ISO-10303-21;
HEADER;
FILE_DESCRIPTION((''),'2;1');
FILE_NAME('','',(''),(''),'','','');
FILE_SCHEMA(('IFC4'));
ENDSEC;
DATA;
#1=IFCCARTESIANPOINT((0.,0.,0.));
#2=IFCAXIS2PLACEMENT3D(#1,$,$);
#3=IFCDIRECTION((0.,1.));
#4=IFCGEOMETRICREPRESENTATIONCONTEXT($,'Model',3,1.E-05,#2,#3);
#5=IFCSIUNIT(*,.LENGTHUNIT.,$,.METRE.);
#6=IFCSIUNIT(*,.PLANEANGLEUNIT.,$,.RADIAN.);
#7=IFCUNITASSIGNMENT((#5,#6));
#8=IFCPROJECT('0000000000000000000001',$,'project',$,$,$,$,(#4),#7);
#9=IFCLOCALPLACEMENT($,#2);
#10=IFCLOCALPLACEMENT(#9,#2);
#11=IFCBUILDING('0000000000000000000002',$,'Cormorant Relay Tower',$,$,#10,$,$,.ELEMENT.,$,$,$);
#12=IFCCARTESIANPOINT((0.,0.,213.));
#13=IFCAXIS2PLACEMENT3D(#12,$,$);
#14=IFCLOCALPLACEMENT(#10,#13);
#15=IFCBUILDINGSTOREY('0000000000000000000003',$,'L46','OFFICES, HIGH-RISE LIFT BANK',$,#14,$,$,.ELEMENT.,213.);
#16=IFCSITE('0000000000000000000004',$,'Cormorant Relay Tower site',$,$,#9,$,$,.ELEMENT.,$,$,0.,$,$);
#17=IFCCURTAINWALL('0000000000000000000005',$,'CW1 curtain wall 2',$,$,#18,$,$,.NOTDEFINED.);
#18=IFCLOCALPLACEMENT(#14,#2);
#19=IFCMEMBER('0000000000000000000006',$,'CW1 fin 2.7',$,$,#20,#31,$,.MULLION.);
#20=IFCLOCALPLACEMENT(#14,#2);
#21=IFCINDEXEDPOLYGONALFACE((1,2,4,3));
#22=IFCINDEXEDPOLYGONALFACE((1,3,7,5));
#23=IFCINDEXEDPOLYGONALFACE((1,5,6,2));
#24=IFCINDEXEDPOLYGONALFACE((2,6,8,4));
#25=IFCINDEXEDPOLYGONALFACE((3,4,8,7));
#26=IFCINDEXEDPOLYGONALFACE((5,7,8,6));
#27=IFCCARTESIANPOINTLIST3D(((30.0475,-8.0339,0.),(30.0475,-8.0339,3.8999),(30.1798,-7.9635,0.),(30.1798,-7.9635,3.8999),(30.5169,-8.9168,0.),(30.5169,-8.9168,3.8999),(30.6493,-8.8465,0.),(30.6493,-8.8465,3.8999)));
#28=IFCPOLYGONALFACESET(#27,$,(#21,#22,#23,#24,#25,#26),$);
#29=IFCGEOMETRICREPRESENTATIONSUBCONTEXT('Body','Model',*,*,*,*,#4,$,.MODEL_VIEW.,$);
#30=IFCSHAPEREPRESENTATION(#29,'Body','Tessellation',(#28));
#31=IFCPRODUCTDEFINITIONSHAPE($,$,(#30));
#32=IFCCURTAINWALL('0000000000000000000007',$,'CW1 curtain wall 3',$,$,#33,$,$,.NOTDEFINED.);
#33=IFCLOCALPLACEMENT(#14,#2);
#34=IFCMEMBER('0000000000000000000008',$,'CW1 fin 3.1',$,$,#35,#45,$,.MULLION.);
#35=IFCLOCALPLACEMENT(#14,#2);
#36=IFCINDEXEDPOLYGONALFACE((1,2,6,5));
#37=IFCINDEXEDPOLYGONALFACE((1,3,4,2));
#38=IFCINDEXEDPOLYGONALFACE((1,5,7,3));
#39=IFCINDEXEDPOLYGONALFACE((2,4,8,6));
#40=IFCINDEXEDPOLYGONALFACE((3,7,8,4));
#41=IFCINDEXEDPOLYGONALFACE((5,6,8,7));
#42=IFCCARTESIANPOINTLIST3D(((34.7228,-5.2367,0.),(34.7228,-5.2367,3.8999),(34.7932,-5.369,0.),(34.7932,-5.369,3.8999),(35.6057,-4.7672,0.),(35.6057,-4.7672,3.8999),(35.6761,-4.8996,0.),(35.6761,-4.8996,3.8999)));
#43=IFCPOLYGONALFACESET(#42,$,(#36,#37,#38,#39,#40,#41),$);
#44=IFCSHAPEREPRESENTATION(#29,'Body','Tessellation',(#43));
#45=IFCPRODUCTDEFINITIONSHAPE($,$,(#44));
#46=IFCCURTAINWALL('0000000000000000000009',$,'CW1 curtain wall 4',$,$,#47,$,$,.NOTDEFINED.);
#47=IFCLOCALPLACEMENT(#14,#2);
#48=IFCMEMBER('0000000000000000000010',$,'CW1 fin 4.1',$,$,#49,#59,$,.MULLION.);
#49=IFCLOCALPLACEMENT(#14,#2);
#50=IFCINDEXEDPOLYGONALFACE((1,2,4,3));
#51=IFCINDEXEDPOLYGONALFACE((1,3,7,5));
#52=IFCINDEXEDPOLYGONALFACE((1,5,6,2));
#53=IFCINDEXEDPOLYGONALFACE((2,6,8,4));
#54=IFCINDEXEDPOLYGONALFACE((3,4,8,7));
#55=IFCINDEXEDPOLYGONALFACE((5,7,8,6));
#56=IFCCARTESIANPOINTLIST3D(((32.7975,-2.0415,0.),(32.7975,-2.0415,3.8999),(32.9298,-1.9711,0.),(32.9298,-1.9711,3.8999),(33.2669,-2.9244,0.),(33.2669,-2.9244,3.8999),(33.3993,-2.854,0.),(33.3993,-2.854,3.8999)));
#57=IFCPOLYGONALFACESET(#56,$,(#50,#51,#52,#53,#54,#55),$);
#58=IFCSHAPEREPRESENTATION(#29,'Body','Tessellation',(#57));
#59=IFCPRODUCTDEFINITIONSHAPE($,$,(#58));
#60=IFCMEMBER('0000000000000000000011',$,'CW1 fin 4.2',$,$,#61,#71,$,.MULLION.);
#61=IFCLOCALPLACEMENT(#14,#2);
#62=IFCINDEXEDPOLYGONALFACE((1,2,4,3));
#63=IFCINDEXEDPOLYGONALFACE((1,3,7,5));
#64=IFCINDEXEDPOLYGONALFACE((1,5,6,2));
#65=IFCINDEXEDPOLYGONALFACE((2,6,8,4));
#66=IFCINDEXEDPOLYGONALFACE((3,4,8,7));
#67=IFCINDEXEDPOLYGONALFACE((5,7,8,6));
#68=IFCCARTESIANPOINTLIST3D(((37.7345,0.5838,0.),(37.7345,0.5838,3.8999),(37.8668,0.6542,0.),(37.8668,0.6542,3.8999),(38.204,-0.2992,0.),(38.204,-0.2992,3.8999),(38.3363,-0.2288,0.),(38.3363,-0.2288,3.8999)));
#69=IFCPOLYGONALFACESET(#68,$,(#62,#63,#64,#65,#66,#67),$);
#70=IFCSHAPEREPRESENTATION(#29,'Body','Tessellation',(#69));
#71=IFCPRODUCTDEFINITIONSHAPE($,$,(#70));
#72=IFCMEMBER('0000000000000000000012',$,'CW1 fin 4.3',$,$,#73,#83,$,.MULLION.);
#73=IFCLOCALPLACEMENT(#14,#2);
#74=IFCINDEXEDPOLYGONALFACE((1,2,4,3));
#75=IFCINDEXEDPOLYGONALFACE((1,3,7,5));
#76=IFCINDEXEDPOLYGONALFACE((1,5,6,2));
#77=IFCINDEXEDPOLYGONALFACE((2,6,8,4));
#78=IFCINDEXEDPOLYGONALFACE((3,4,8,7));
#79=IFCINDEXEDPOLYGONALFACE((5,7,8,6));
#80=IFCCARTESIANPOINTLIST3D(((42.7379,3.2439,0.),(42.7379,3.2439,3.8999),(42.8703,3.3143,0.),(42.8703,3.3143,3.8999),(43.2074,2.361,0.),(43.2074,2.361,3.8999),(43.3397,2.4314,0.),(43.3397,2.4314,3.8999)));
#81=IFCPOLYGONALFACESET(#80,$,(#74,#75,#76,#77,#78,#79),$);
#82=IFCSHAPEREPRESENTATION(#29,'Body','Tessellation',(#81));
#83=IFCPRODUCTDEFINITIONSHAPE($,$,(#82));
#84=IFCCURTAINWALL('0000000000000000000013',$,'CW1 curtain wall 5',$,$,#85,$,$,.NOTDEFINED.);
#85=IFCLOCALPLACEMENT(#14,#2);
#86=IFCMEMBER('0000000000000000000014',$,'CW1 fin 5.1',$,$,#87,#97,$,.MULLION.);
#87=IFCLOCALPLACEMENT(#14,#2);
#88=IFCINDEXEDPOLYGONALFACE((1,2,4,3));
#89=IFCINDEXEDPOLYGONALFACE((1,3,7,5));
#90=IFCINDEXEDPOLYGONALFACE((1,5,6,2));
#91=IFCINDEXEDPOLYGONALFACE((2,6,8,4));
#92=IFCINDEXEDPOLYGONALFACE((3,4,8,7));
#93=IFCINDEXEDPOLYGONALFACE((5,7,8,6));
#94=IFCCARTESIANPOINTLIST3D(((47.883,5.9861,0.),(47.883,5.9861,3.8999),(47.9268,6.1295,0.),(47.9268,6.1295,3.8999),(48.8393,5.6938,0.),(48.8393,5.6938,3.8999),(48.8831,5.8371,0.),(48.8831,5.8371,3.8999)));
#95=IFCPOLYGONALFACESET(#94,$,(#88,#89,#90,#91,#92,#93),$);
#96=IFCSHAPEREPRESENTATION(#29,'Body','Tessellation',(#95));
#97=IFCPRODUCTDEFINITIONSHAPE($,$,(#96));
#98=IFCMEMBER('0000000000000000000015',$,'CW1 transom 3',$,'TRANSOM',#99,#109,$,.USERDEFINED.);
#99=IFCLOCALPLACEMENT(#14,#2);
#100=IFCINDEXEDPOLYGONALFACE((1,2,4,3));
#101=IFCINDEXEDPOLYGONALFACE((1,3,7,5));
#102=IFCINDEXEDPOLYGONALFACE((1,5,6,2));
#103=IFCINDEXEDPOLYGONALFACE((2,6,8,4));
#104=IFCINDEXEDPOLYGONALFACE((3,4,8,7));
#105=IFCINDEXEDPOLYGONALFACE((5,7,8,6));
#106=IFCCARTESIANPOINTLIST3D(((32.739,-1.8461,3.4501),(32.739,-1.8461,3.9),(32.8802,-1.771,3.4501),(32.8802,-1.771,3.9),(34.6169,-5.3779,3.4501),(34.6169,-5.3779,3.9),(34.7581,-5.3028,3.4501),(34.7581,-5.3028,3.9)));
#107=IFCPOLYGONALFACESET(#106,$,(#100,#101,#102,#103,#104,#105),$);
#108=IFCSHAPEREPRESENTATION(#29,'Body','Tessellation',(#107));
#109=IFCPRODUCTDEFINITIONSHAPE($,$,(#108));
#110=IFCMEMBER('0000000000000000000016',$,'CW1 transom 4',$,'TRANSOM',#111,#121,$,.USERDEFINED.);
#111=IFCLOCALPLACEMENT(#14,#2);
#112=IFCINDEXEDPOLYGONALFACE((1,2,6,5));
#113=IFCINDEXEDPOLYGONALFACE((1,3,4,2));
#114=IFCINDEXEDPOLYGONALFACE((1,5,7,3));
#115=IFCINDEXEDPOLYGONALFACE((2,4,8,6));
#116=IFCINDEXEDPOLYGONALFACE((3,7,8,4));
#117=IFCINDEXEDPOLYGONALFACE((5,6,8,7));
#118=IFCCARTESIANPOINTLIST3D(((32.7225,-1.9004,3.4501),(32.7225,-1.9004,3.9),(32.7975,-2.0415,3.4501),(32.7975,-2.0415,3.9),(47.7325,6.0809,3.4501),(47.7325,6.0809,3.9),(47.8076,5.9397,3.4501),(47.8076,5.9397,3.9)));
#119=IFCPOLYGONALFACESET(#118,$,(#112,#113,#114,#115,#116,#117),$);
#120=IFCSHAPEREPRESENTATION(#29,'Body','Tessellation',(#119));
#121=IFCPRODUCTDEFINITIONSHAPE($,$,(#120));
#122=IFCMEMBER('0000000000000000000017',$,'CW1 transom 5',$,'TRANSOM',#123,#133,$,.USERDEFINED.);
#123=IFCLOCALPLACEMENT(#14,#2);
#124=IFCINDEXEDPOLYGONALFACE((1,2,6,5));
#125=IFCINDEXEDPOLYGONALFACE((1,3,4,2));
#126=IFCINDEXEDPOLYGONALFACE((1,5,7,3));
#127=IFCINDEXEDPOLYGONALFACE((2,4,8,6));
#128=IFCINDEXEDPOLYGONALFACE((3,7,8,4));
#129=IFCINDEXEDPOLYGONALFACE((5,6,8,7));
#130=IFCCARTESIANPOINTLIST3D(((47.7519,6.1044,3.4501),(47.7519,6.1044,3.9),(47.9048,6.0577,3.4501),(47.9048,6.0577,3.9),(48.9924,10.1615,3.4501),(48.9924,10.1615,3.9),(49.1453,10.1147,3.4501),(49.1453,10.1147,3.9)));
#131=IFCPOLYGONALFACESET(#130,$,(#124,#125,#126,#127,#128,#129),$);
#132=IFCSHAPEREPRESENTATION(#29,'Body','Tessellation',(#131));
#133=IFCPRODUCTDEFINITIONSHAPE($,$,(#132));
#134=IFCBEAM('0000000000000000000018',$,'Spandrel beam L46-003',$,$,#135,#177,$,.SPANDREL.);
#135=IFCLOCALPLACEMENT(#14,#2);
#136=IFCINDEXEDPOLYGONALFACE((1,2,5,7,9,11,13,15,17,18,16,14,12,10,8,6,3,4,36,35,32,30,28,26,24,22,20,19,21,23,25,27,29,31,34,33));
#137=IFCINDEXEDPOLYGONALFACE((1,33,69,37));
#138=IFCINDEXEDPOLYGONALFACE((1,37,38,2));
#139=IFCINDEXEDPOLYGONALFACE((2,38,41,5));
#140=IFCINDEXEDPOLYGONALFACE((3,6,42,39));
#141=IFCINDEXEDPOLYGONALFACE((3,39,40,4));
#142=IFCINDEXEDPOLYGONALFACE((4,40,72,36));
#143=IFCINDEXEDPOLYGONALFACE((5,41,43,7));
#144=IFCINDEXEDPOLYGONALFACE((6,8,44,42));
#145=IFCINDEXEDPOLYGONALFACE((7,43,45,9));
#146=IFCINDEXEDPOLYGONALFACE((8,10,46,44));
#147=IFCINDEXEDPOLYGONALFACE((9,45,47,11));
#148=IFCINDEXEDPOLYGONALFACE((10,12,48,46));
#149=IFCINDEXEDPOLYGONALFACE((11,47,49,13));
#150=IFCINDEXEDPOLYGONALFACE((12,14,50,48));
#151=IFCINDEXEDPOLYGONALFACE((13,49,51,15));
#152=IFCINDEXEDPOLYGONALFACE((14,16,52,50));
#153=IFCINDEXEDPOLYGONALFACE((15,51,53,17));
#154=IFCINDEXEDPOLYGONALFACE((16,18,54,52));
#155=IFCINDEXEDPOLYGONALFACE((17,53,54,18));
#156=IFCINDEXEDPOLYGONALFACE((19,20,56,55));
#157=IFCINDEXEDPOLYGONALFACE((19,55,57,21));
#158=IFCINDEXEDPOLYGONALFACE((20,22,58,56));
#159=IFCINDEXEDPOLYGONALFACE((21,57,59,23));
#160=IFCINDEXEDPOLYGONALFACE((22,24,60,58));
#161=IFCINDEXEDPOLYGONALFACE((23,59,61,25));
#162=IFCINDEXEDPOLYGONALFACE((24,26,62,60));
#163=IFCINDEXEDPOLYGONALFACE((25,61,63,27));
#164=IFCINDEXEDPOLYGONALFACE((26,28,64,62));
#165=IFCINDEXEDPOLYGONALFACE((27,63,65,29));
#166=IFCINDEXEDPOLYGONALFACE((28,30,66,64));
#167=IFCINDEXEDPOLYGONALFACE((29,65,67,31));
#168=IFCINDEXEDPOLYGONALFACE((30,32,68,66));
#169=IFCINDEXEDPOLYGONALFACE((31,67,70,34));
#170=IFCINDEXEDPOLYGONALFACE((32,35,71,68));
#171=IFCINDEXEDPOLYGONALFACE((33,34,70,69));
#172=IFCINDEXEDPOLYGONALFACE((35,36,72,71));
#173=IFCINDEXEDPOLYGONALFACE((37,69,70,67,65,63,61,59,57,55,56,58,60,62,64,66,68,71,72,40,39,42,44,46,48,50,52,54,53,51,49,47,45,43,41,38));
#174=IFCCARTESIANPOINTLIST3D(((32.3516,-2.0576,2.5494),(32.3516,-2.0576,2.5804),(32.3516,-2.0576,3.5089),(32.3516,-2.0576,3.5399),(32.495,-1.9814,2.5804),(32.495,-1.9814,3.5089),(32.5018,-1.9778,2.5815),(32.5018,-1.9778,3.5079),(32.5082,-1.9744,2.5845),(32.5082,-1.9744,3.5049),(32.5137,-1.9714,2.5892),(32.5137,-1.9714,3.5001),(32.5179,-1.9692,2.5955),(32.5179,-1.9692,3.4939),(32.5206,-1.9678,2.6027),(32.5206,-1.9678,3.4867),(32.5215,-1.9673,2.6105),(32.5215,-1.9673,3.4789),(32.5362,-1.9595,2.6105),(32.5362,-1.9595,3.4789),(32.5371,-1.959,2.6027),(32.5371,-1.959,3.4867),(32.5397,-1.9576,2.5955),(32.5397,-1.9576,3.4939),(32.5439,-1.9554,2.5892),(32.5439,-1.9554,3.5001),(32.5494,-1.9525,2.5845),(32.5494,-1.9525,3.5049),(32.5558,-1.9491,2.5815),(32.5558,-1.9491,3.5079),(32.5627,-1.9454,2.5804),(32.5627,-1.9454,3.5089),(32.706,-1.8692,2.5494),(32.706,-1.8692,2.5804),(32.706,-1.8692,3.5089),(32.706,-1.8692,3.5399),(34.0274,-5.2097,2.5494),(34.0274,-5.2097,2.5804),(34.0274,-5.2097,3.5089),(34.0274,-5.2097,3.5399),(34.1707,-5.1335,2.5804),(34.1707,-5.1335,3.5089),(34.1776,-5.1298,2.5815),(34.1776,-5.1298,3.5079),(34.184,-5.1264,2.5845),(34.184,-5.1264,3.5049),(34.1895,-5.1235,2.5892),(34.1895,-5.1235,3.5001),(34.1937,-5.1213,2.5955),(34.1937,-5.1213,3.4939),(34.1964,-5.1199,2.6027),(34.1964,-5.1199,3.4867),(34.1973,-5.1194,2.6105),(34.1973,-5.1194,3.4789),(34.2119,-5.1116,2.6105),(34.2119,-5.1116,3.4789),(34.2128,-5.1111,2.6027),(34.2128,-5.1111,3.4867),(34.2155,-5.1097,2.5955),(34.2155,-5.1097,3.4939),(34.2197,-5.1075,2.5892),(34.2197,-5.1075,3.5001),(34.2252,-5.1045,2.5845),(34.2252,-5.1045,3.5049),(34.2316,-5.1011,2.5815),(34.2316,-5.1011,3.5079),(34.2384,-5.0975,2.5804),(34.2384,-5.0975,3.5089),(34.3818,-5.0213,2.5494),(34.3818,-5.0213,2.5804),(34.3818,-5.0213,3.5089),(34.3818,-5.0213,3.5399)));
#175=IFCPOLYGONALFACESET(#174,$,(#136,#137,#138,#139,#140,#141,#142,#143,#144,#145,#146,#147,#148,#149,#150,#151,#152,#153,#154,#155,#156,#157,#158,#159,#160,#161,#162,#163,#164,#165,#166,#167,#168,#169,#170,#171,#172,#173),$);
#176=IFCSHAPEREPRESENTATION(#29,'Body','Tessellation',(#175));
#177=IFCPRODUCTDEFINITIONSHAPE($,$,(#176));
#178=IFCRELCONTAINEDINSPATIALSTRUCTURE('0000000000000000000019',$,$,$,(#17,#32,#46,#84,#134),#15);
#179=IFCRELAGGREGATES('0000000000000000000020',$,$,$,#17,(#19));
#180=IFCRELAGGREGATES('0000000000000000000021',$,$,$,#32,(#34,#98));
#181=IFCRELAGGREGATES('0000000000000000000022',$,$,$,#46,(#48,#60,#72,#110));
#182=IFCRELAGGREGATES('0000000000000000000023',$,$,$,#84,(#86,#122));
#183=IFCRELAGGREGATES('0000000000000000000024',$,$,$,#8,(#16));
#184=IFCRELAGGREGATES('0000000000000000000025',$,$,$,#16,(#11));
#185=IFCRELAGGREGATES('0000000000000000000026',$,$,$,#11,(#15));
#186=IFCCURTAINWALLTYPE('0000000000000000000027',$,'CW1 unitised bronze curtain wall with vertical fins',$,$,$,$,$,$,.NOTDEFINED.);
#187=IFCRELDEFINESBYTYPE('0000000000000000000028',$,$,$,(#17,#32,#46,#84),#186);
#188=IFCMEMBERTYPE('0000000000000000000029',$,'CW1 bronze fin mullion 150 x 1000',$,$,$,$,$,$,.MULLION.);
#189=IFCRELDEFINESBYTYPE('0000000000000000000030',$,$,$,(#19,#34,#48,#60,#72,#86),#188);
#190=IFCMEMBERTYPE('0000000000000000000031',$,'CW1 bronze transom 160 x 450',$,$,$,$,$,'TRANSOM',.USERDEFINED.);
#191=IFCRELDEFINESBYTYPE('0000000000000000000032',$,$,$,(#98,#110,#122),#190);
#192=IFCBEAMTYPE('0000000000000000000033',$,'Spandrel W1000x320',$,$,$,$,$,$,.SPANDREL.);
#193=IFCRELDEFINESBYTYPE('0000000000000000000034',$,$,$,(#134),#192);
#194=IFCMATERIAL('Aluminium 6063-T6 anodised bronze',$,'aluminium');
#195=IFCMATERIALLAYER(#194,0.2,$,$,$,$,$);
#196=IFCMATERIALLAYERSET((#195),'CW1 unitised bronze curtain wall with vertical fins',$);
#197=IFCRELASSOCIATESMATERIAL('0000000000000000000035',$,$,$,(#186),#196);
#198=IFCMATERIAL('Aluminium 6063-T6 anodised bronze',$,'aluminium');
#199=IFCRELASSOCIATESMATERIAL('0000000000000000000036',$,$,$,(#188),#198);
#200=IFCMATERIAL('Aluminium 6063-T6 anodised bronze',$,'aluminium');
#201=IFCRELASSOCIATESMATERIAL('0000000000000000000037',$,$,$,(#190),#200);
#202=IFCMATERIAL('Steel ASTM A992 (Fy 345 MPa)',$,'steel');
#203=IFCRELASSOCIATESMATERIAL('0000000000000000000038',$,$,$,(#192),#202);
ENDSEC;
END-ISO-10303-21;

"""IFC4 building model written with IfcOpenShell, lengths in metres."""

from ifc_helpers import new_model, si_unit, direction, frame, origin, origin_2d, place, context, subcontext, project, spatial, rectangle, i_section, extrude, material, layer, layer_set, material_profile, profile_set, type_object, element, aggregate, save


model = new_model("IFC4")

# Units and contexts
model_context = context("Model", 3, precision=1e-05, world=origin(), true_north=direction((0.0, 1.0)))
body_context = subcontext(model_context, "Body", "Model", "MODEL_VIEW")
ifc_project = project(units=[si_unit("LENGTHUNIT", "METRE"), si_unit("PLANEANGLEUNIT", "RADIAN")], contexts=[model_context])

# Site, building, storey
site_placement = place(None, origin())
site = spatial("IfcSite", under=ifc_project, at=site_placement, Name="Cormorant Relay Tower site", CompositionType="ELEMENT", RefElevation=0.0)
building_placement = place(site_placement, origin())
building = spatial("IfcBuilding", under=site, at=building_placement, Name="Cormorant Relay Tower", CompositionType="ELEMENT")
storey_placement = place(building_placement, frame((0.0, 0.0, 213.0)))
storey = spatial("IfcBuildingStorey", under=building, at=storey_placement, Name="L46", Description="OFFICES, HIGH-RISE LIFT BANK", CompositionType="ELEMENT", Elevation=213.0)

# Curtain walls, members
ifc_material_1 = material(Name="Aluminium 6063-T6 anodised bronze", Category="aluminium")
ifc_layer_1 = layer(ifc_material_1, 0.2)
ifc_layer_set_1 = layer_set([ifc_layer_1], Name="CW1 unitised bronze curtain wall with vertical fins")
curtain_wall_type = type_object("IfcCurtainWallType", Name="CW1 unitised bronze curtain wall with vertical fins", PredefinedType="NOTDEFINED", material=ifc_layer_set_1)
curtain_wall_1_placement = place(storey_placement, origin())
curtain_wall_1 = element("IfcCurtainWall", 1, at=curtain_wall_1_placement, inside=storey, type_object=curtain_wall_type, Name="CW1 curtain wall 2", PredefinedType="NOTDEFINED")
ifc_material_2 = material(Name="Aluminium 6063-T6 anodised bronze", Category="aluminium")
ifc_material_profile_1 = material_profile(ifc_material_2, rectangle(XDim=0.1499, YDim=1.0, at=origin_2d()), Name="AL 150x1000")
ifc_profile_set_1 = profile_set([ifc_material_profile_1], Name="Aluminium 6063-T6 anodised bronze")
member_type_1 = type_object("IfcMemberType", Name="CW1 bronze fin mullion 150 x 1000", PredefinedType="MULLION", material=ifc_profile_set_1)
member_1_placement = place(storey_placement, frame((30.3484, -8.4402, 0.0), z_axis=(0.0, 0.0, 1.0), x_axis=(0.882948, 0.469472, 0.0)))
member_1 = element("IfcMember", 2, at=member_1_placement, type_object=member_type_1, Name="CW1 fin 2.7", PredefinedType="MULLION", context=body_context, shape_type="SweptSolid", body=[
    extrude(rectangle(XDim=0.1499, YDim=1.0, at=origin_2d()), origin(), (0.0, 0.0, 1.0), 3.8999),
])
curtain_wall_2_placement = place(storey_placement, origin())
curtain_wall_2 = element("IfcCurtainWall", 3, at=curtain_wall_2_placement, inside=storey, type_object=curtain_wall_type, Name="CW1 curtain wall 3", PredefinedType="NOTDEFINED")
member_2_placement = place(storey_placement, frame((35.1995, -5.0681, 0.0), z_axis=(0.0, 0.0, 1.0), x_axis=(-0.469472, 0.882948, 0.0)))
member_2 = element("IfcMember", 4, at=member_2_placement, type_object=member_type_1, Name="CW1 fin 3.1", PredefinedType="MULLION", context=body_context, shape_type="SweptSolid", body=[
    extrude(rectangle(XDim=0.1499, YDim=1.0, at=origin_2d()), origin(), (0.0, 0.0, 1.0), 3.8999),
])

# Curtain wall, members
curtain_wall_3_placement = place(storey_placement, origin())
curtain_wall_3 = element("IfcCurtainWall", 5, at=curtain_wall_3_placement, inside=storey, type_object=curtain_wall_type, Name="CW1 curtain wall 4", PredefinedType="NOTDEFINED")
member_3_placement = place(storey_placement, frame((33.0984, -2.4478, 0.0), z_axis=(0.0, 0.0, 1.0), x_axis=(0.882948, 0.469472, 0.0)))
member_3 = element("IfcMember", 6, at=member_3_placement, type_object=member_type_1, Name="CW1 fin 4.1", PredefinedType="MULLION", context=body_context, shape_type="SweptSolid", body=[
    extrude(rectangle(XDim=0.1499, YDim=1.0, at=origin_2d()), origin(), (0.0, 0.0, 1.0), 3.8999),
])
member_4_placement = place(storey_placement, frame((38.0354, 0.1775, 0.0), z_axis=(0.0, 0.0, 1.0), x_axis=(0.882948, 0.469472, 0.0)))
member_4 = element("IfcMember", 7, at=member_4_placement, type_object=member_type_1, Name="CW1 fin 4.2", PredefinedType="MULLION", context=body_context, shape_type="SweptSolid", body=[
    extrude(rectangle(XDim=0.1499, YDim=1.0, at=origin_2d()), origin(), (0.0, 0.0, 1.0), 3.8999),
])
member_5_placement = place(storey_placement, frame((43.0388, 2.8376, 0.0), z_axis=(0.0, 0.0, 1.0), x_axis=(0.882948, 0.469472, 0.0)))
member_5 = element("IfcMember", 8, at=member_5_placement, type_object=member_type_1, Name="CW1 fin 4.3", PredefinedType="MULLION", context=body_context, shape_type="SweptSolid", body=[
    extrude(rectangle(XDim=0.1499, YDim=1.0, at=origin_2d()), origin(), (0.0, 0.0, 1.0), 3.8999),
])

# Curtain wall, member
curtain_wall_4_placement = place(storey_placement, origin())
curtain_wall_4 = element("IfcCurtainWall", 9, at=curtain_wall_4_placement, inside=storey, type_object=curtain_wall_type, Name="CW1 curtain wall 5", PredefinedType="NOTDEFINED")
member_6_placement = place(storey_placement, frame((48.3831, 5.9116, 0.0), z_axis=(0.0, 0.0, 1.0), x_axis=(0.292372, 0.956305, 0.0)))
member_6 = element("IfcMember", 10, at=member_6_placement, type_object=member_type_1, Name="CW1 fin 5.1", PredefinedType="MULLION", context=body_context, shape_type="SweptSolid", body=[
    extrude(rectangle(XDim=0.1499, YDim=1.0, at=origin_2d()), origin(), (0.0, 0.0, 1.0), 3.8999),
])

# Members
ifc_material_3 = material(Name="Aluminium 6063-T6 anodised bronze", Category="aluminium")
ifc_material_profile_2 = material_profile(ifc_material_3, rectangle(XDim=0.1599, YDim=0.45, at=origin_2d()), Name="AL 160x450")
ifc_profile_set_2 = profile_set([ifc_material_profile_2], Name="Aluminium 6063-T6 anodised bronze")
member_type_2 = type_object("IfcMemberType", Name="CW1 bronze transom 160 x 450", ElementType="TRANSOM", PredefinedType="USERDEFINED", material=ifc_profile_set_2)
member_7_placement = place(storey_placement, frame((34.6875, -5.3403, 3.675), z_axis=(-0.469485, 0.88294, 0.0), x_axis=(-0.88294, -0.469485, 0.0)))
member_7 = element("IfcMember", 11, at=member_7_placement, type_object=member_type_2, Name="CW1 transom 3", ObjectType="TRANSOM", PredefinedType="USERDEFINED", context=body_context, shape_type="SweptSolid", body=[
    extrude(rectangle(XDim=0.1599, YDim=0.45, at=origin_2d()), origin(), (0.0, 0.0, 1.0), 4.0),
])
member_8_placement = place(storey_placement, frame((32.76, -1.9709, 3.675), z_axis=(0.882942, 0.469482, 0.0), x_axis=(-0.469482, 0.882942, 0.0)))
member_8 = element("IfcMember", 12, at=member_8_placement, type_object=member_type_2, Name="CW1 transom 4", ObjectType="TRANSOM", PredefinedType="USERDEFINED", context=body_context, shape_type="SweptSolid", body=[
    extrude(rectangle(XDim=0.1599, YDim=0.45, at=origin_2d()), origin(), (0.0, 0.0, 1.0), 17.0),
])
member_9_placement = place(storey_placement, frame((47.8284, 6.0811, 3.675), z_axis=(0.292391, 0.956299, 0.0), x_axis=(-0.956299, 0.292391, 0.0)))
member_9 = element("IfcMember", 13, at=member_9_placement, type_object=member_type_2, Name="CW1 transom 5", ObjectType="TRANSOM", PredefinedType="USERDEFINED", context=body_context, shape_type="SweptSolid", body=[
    extrude(rectangle(XDim=0.1599, YDim=0.45, at=origin_2d()), origin(), (0.0, 0.0, 1.0), 4.2424),
])

# Beam
ifc_material_4 = material(Name="Steel ASTM A992 (Fy 345 MPa)", Category="steel")
ifc_material_profile_3 = material_profile(ifc_material_4, i_section(OverallWidth=0.4014, OverallDepth=0.9905, WebThickness=0.0166, FlangeThickness=0.031, FilletRadius=0.03, at=origin_2d()), Name="W1000x320")
ifc_profile_set_3 = profile_set([ifc_material_profile_3], Name="Steel ASTM A992 (Fy 345 MPa)")
beam_type = type_object("IfcBeamType", Name="Spandrel W1000x320", PredefinedType="SPANDREL", material=ifc_profile_set_3)
beam_1_placement = place(storey_placement, frame((34.2046, -5.1155, 3.0447), z_axis=(-0.469424, 0.882973, 0.0), x_axis=(-0.882973, -0.469424, 0.0)))
element("IfcBeam", 14, at=beam_1_placement, inside=storey, type_object=beam_type, Name="Spandrel beam L46-003", PredefinedType="SPANDREL", context=body_context, shape_type="SweptSolid", body=[
    extrude(i_section(OverallWidth=0.4014, OverallDepth=0.9905, WebThickness=0.0166, FlangeThickness=0.031, FilletRadius=0.03, at=origin_2d()), origin(), (0.0, 0.0, 1.0), 3.5698),
])

aggregate(curtain_wall_1, [member_1])

aggregate(curtain_wall_2, [member_2, member_7])
aggregate(curtain_wall_3, [member_3, member_4, member_5, member_8])
aggregate(curtain_wall_4, [member_6, member_9])

save(model, "model.ifc")
